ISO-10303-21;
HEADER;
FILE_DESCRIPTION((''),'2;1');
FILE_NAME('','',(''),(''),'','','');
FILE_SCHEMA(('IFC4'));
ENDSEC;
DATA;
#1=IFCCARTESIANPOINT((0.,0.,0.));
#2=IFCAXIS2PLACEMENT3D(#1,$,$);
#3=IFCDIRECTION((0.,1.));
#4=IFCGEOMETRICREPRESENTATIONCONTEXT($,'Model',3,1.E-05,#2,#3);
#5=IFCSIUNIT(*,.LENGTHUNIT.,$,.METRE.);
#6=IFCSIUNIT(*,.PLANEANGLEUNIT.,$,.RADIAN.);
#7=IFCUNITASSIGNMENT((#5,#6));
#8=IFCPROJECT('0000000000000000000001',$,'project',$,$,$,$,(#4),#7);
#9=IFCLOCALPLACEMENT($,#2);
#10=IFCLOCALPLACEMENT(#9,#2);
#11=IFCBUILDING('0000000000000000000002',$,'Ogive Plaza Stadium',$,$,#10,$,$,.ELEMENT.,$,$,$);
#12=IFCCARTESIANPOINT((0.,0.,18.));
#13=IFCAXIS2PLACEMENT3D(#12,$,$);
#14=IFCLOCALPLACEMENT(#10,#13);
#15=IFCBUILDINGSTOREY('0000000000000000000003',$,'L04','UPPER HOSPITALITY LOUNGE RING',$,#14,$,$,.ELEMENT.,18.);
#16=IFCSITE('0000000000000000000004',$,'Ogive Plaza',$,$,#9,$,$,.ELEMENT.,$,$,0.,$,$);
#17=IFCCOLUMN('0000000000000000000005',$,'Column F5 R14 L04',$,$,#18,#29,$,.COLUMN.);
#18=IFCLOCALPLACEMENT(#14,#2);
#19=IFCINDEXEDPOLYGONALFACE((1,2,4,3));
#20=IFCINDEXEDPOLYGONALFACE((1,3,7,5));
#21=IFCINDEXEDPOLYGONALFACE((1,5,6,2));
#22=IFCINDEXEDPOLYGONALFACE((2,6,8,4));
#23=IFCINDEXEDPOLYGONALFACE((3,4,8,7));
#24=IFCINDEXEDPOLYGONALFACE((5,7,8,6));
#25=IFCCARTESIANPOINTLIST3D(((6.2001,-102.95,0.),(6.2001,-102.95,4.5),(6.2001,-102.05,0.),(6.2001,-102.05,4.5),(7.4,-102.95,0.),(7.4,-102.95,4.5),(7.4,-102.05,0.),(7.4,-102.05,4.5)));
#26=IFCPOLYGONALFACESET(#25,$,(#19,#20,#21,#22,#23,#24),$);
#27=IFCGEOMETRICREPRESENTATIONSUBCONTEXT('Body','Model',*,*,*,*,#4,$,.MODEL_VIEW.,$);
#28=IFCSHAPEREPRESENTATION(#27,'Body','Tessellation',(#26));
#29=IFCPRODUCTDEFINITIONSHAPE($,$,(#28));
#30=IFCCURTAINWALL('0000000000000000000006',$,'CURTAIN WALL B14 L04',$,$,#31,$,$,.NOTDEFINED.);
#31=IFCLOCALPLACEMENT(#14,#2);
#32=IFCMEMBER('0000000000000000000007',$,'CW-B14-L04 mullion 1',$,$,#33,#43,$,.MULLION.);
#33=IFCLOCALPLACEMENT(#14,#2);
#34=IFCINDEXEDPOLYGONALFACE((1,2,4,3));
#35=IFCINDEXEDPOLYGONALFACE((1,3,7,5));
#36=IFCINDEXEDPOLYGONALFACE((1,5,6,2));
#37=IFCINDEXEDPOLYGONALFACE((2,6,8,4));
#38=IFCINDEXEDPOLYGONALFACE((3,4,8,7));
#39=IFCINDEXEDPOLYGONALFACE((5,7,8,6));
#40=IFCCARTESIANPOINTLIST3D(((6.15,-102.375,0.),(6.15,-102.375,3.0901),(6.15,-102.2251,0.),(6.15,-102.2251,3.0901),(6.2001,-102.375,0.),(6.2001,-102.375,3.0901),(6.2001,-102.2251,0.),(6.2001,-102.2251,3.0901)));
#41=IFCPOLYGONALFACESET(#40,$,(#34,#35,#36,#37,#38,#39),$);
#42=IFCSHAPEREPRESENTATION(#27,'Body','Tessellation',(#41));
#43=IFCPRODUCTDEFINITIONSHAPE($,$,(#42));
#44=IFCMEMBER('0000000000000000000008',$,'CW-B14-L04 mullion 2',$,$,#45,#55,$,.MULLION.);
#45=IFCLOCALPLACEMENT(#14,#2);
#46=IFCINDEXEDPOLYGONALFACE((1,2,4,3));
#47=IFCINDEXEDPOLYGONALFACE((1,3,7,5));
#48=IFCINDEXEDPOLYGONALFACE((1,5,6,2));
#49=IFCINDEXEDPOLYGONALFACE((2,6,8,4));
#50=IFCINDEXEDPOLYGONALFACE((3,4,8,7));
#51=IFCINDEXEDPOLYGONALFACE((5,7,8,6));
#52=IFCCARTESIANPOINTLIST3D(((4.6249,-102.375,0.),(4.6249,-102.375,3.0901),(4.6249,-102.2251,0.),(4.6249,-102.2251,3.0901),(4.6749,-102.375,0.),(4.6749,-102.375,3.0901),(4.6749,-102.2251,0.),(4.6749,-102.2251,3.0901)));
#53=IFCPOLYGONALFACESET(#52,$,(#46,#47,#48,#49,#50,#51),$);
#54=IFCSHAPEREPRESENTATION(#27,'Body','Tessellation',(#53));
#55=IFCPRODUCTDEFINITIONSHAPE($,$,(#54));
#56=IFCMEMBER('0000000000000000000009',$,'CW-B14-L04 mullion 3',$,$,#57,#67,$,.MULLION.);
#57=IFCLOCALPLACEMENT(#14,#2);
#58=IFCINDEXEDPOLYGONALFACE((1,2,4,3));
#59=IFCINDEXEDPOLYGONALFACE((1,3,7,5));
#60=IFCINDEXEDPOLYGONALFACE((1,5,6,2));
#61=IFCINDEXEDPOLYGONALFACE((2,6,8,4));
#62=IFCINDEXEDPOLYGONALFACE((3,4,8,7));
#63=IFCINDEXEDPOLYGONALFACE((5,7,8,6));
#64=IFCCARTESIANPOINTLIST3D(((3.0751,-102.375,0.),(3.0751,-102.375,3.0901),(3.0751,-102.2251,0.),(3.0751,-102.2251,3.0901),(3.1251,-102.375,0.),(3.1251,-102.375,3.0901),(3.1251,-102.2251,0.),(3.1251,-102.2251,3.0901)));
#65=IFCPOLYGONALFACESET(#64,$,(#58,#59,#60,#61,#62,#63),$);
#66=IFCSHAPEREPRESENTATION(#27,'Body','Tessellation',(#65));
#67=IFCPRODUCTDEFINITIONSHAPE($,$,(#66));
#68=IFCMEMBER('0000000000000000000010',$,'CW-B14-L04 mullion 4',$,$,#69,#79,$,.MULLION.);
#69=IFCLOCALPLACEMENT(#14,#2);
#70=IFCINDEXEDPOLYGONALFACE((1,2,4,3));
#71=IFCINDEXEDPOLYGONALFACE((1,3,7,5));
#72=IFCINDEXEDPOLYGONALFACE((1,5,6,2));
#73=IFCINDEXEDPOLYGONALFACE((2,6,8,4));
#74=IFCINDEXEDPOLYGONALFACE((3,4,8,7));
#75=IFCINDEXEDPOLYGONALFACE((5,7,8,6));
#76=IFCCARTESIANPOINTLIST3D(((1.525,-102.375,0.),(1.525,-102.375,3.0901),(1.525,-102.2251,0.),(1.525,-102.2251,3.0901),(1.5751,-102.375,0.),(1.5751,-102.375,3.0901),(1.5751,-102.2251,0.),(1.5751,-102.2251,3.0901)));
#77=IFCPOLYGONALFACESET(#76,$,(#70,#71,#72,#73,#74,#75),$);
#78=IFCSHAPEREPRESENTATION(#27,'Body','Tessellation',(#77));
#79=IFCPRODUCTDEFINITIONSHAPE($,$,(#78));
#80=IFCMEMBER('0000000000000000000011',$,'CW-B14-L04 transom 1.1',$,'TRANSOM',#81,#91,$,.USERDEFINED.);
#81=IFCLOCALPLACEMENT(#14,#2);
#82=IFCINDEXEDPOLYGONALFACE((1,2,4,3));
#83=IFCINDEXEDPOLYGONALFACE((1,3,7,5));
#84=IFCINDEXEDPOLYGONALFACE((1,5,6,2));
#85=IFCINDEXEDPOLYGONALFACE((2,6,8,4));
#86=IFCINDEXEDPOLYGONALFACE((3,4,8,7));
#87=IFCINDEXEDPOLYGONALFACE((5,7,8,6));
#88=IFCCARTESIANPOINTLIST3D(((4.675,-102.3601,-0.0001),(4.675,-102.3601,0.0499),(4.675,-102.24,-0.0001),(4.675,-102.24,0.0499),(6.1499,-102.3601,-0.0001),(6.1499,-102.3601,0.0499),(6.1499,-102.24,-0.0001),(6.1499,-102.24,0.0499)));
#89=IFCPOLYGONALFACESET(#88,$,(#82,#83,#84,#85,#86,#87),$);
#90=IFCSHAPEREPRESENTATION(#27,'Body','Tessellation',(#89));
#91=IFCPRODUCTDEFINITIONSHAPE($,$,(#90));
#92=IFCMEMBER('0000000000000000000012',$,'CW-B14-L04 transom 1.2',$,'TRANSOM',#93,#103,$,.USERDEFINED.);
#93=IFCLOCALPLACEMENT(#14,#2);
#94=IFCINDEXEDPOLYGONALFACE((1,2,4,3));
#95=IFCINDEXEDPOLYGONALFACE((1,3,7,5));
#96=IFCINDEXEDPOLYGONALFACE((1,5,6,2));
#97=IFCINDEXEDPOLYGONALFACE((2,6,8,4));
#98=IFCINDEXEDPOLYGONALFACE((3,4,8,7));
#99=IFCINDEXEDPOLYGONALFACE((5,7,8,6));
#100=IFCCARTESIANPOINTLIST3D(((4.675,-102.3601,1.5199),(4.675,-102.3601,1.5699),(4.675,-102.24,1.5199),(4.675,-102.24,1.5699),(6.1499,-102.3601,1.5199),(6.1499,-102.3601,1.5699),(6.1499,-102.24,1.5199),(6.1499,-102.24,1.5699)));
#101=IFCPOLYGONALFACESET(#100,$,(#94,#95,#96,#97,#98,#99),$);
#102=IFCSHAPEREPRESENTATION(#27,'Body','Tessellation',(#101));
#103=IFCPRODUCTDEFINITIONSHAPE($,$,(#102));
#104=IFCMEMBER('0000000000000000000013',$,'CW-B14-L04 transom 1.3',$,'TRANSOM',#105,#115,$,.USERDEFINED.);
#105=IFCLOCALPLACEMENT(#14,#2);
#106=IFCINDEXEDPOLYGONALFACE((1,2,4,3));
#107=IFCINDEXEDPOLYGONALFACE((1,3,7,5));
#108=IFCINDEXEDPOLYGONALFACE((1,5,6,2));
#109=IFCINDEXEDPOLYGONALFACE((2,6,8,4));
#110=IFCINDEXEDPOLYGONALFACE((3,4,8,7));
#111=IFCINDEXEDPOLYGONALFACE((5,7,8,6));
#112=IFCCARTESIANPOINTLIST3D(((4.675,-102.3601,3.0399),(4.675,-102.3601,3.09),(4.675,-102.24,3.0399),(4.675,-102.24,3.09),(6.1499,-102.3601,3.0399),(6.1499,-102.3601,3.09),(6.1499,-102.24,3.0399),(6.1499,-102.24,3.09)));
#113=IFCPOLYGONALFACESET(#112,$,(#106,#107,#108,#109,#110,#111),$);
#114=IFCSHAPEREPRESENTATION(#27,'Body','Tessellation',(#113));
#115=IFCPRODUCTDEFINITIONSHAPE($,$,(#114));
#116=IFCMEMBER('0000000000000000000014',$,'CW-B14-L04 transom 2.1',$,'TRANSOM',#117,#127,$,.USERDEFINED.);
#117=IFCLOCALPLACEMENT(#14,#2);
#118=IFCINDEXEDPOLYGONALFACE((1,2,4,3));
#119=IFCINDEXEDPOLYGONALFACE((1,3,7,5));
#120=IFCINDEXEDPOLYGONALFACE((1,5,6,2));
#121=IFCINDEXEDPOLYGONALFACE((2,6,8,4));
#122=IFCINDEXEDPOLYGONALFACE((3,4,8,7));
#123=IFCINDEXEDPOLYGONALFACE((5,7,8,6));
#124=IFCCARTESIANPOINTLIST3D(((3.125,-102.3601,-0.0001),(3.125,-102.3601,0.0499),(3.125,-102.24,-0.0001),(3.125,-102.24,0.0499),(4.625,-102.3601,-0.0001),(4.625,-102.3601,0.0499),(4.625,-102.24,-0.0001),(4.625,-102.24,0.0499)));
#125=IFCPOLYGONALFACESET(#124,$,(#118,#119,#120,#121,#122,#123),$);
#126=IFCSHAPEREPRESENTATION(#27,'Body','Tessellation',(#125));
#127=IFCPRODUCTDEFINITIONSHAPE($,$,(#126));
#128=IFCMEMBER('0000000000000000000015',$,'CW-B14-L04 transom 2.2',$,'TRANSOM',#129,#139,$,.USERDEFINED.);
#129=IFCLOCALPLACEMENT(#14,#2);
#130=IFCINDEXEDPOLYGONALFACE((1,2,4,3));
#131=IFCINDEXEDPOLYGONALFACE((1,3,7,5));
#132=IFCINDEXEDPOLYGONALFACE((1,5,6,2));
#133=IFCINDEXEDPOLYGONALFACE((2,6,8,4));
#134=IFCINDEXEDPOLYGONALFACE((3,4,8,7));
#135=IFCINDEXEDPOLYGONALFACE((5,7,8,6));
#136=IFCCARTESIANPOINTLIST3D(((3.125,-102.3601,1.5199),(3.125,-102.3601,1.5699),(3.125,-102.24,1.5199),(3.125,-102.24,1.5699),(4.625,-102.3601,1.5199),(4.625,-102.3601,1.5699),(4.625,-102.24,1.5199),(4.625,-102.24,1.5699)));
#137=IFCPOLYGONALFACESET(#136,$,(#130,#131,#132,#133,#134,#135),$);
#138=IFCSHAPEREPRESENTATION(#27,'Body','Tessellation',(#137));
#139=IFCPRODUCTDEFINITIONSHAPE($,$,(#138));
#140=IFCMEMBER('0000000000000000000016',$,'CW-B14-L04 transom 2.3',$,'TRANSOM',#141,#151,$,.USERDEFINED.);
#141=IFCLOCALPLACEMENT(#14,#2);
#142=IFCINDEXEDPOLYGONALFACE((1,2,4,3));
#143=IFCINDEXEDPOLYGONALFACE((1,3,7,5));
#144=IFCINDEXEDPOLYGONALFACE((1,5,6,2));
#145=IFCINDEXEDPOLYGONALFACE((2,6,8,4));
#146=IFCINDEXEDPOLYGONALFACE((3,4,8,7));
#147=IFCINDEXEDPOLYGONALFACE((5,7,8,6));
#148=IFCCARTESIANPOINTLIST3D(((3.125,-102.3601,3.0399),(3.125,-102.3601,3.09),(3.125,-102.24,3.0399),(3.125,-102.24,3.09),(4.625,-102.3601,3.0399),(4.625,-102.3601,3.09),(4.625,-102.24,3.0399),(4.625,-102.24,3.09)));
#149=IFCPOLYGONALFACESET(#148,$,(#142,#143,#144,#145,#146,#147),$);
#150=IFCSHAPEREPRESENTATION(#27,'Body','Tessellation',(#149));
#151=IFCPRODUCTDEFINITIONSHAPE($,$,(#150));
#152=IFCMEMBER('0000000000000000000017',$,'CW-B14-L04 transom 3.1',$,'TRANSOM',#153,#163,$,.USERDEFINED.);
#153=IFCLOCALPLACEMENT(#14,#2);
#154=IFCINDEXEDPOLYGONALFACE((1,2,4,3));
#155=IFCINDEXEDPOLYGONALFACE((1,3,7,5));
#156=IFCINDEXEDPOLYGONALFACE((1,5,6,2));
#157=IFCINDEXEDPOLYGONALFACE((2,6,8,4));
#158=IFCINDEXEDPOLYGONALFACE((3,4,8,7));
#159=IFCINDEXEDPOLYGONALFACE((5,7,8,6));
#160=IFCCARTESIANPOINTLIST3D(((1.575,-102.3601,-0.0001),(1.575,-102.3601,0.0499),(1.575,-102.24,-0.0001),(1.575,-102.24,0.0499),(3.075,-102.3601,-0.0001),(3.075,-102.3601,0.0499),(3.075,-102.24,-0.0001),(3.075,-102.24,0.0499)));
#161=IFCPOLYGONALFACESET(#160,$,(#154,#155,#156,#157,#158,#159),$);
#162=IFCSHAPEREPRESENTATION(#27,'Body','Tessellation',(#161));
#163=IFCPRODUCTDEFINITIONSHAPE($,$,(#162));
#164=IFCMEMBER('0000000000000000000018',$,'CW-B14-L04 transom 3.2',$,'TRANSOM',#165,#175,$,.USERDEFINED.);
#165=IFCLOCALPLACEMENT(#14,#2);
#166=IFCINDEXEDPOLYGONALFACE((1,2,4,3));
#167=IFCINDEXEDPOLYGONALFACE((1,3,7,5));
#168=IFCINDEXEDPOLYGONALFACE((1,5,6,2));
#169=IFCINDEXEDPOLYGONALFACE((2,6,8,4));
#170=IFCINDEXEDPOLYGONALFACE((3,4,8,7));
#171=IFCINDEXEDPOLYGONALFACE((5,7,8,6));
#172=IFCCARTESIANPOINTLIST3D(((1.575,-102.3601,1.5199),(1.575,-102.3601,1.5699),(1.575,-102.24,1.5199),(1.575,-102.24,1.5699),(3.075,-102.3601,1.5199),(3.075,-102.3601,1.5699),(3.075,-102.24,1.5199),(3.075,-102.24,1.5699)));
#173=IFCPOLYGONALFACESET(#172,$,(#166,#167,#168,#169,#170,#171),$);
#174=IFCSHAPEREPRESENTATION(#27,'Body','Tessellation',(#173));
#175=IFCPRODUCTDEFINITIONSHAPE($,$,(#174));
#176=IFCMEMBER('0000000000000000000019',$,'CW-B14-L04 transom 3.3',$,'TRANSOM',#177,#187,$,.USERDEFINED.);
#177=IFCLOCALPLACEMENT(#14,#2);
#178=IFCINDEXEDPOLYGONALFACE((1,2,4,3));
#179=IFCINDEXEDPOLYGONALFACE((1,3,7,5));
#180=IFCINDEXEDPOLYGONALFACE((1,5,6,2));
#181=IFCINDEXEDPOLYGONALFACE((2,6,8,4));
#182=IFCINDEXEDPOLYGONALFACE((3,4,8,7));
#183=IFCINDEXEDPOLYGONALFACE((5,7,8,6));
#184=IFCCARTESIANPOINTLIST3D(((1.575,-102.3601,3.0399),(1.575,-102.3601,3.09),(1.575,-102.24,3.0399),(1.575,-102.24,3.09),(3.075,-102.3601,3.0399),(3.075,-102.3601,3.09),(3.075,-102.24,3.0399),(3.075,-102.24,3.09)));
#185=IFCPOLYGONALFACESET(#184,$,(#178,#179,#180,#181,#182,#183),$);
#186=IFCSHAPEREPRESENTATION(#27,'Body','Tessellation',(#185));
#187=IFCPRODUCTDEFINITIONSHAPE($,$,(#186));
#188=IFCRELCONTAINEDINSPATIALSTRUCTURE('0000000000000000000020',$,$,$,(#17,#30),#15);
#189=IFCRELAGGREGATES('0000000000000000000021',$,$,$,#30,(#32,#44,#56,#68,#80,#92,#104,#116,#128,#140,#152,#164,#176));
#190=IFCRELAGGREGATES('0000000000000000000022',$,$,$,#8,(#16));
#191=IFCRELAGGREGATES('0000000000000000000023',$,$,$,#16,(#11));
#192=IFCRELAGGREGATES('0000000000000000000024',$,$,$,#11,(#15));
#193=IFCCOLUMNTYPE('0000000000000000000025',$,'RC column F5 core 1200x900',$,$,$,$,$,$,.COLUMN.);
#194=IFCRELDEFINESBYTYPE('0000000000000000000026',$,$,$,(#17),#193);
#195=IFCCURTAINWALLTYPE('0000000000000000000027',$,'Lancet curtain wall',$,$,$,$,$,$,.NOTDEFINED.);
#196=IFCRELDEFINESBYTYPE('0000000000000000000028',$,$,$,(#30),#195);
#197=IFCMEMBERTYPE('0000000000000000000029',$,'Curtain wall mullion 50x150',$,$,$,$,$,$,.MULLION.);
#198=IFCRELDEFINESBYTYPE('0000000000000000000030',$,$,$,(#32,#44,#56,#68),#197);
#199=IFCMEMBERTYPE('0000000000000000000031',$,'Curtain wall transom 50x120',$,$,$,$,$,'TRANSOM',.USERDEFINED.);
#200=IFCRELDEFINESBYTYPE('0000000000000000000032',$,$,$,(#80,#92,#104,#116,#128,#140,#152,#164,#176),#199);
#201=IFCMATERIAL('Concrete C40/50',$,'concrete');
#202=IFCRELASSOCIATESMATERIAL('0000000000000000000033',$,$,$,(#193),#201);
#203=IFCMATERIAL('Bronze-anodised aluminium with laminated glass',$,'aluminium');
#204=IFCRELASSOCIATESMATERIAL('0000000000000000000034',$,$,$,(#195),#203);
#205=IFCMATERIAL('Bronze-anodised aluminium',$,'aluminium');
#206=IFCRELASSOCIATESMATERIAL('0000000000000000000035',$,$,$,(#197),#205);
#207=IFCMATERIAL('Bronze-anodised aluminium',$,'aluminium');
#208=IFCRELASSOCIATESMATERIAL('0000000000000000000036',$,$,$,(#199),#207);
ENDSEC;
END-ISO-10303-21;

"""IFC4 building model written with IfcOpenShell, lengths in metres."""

from ifc_helpers import new_model, si_unit, direction, frame, origin, origin_2d, place, context, subcontext, project, spatial, rectangle, extrude, material, material_profile, profile_set, type_object, element, aggregate, save


model = new_model("IFC4")

# Units and contexts
model_context = context("Model", 3, precision=1e-05, world=origin(), true_north=direction((0.0, 1.0)))
body_context = subcontext(model_context, "Body", "Model", "MODEL_VIEW")
ifc_project = project(units=[si_unit("LENGTHUNIT", "METRE"), si_unit("PLANEANGLEUNIT", "RADIAN")], contexts=[model_context])

# Site, building, storey
site_placement = place(None, origin())
site = spatial("IfcSite", under=ifc_project, at=site_placement, Name="Ogive Plaza", CompositionType="ELEMENT", RefElevation=0.0)
building_placement = place(site_placement, origin())
building = spatial("IfcBuilding", under=site, at=building_placement, Name="Ogive Plaza Stadium", CompositionType="ELEMENT")
storey_placement = place(building_placement, frame((0.0, 0.0, 18.0)))
storey = spatial("IfcBuildingStorey", under=building, at=storey_placement, Name="L04", Description="UPPER HOSPITALITY LOUNGE RING", CompositionType="ELEMENT", Elevation=18.0)

# Column
ifc_material_1 = material(Name="Concrete C40/50", Category="concrete")
ifc_material_profile_1 = material_profile(ifc_material_1, rectangle(XDim=1.2, YDim=0.8999, at=origin_2d()), Name="RC 1200x900")
ifc_profile_set_1 = profile_set([ifc_material_profile_1], Name="Concrete C40/50")
column_type = type_object("IfcColumnType", Name="RC column F5 core 1200x900", PredefinedType="COLUMN", material=ifc_profile_set_1)
column_placement = place(storey_placement, frame((6.8, -102.5, 0.0), z_axis=(0.0, 0.0, 1.0), x_axis=(1.0, 0.0, 0.0)))
element("IfcColumn", 1, at=column_placement, inside=storey, type_object=column_type, Name="Column F5 R14 L04", PredefinedType="COLUMN", context=body_context, shape_type="SweptSolid", body=[
    extrude(rectangle(XDim=1.2, YDim=0.8999, at=origin_2d()), origin(), (0.0, 0.0, 1.0), 4.5),
])

# Curtain wall, members
ifc_material_2 = material(Name="Bronze-anodised aluminium with laminated glass", Category="aluminium")
curtain_wall_type = type_object("IfcCurtainWallType", Name="Lancet curtain wall", PredefinedType="NOTDEFINED", material=ifc_material_2)
curtain_wall_placement = place(storey_placement, origin())
curtain_wall = element("IfcCurtainWall", 2, at=curtain_wall_placement, inside=storey, type_object=curtain_wall_type, Name="CURTAIN WALL B14 L04", PredefinedType="NOTDEFINED")
ifc_material_3 = material(Name="Bronze-anodised aluminium", Category="aluminium")
ifc_material_profile_2 = material_profile(ifc_material_3, rectangle(XDim=0.1499, YDim=0.05, at=origin_2d()), Name="AL 150x50")
ifc_profile_set_2 = profile_set([ifc_material_profile_2], Name="Bronze-anodised aluminium")
member_type_1 = type_object("IfcMemberType", Name="Curtain wall mullion 50x150", PredefinedType="MULLION", material=ifc_profile_set_2)
member_1_placement = place(storey_placement, frame((6.175, -102.3, 0.0), z_axis=(0.0, 0.0, 1.0), x_axis=(0.0, -1.0, 0.0)))
member_1 = element("IfcMember", 3, at=member_1_placement, type_object=member_type_1, Name="CW-B14-L04 mullion 1", PredefinedType="MULLION", context=body_context, shape_type="SweptSolid", body=[
    extrude(rectangle(XDim=0.1499, YDim=0.05, at=origin_2d()), origin(), (0.0, 0.0, 1.0), 3.0901),
])
member_2_placement = place(storey_placement, frame((4.6499, -102.3, 0.0), z_axis=(0.0, 0.0, 1.0), x_axis=(0.0, -1.0, 0.0)))
member_2 = element("IfcMember", 4, at=member_2_placement, type_object=member_type_1, Name="CW-B14-L04 mullion 2", PredefinedType="MULLION", context=body_context, shape_type="SweptSolid", body=[
    extrude(rectangle(XDim=0.1499, YDim=0.05, at=origin_2d()), origin(), (0.0, 0.0, 1.0), 3.0901),
])
member_3_placement = place(storey_placement, frame((3.1001, -102.3, 0.0), z_axis=(0.0, 0.0, 1.0), x_axis=(0.0, -1.0, 0.0)))
member_3 = element("IfcMember", 5, at=member_3_placement, type_object=member_type_1, Name="CW-B14-L04 mullion 3", PredefinedType="MULLION", context=body_context, shape_type="SweptSolid", body=[
    extrude(rectangle(XDim=0.1499, YDim=0.05, at=origin_2d()), origin(), (0.0, 0.0, 1.0), 3.0901),
])
member_4_placement = place(storey_placement, frame((1.55, -102.3, 0.0), z_axis=(0.0, 0.0, 1.0), x_axis=(0.0, -1.0, 0.0)))
member_4 = element("IfcMember", 6, at=member_4_placement, type_object=member_type_1, Name="CW-B14-L04 mullion 4", PredefinedType="MULLION", context=body_context, shape_type="SweptSolid", body=[
    extrude(rectangle(XDim=0.1499, YDim=0.05, at=origin_2d()), origin(), (0.0, 0.0, 1.0), 3.0901),
])
ifc_material_4 = material(Name="Bronze-anodised aluminium", Category="aluminium")
ifc_material_profile_3 = material_profile(ifc_material_4, rectangle(XDim=0.1201, YDim=0.05, at=origin_2d()), Name="AL 120x50")
ifc_profile_set_3 = profile_set([ifc_material_profile_3], Name="Bronze-anodised aluminium")
member_type_2 = type_object("IfcMemberType", Name="Curtain wall transom 50x120", ElementType="TRANSOM", PredefinedType="USERDEFINED", material=ifc_profile_set_3)
member_5_placement = place(storey_placement, frame((6.1499, -102.3, 0.0249), z_axis=(-1.0, 0.0, 0.0), x_axis=(0.0, -1.0, 0.0)))
member_5 = element("IfcMember", 7, at=member_5_placement, type_object=member_type_2, Name="CW-B14-L04 transom 1.1", ObjectType="TRANSOM", PredefinedType="USERDEFINED", context=body_context, shape_type="SweptSolid", body=[
    extrude(rectangle(XDim=0.1201, YDim=0.05, at=origin_2d()), origin(), (0.0, 0.0, 1.0), 1.4749),
])
member_6_placement = place(storey_placement, frame((6.1499, -102.3, 1.5449), z_axis=(-1.0, 0.0, 0.0), x_axis=(0.0, -1.0, 0.0)))
member_6 = element("IfcMember", 8, at=member_6_placement, type_object=member_type_2, Name="CW-B14-L04 transom 1.2", ObjectType="TRANSOM", PredefinedType="USERDEFINED", context=body_context, shape_type="SweptSolid", body=[
    extrude(rectangle(XDim=0.1201, YDim=0.05, at=origin_2d()), origin(), (0.0, 0.0, 1.0), 1.4749),
])
member_7_placement = place(storey_placement, frame((6.1499, -102.3, 3.0649), z_axis=(-1.0, 0.0, 0.0), x_axis=(0.0, -1.0, 0.0)))
member_7 = element("IfcMember", 9, at=member_7_placement, type_object=member_type_2, Name="CW-B14-L04 transom 1.3", ObjectType="TRANSOM", PredefinedType="USERDEFINED", context=body_context, shape_type="SweptSolid", body=[
    extrude(rectangle(XDim=0.1201, YDim=0.05, at=origin_2d()), origin(), (0.0, 0.0, 1.0), 1.4749),
])
member_8_placement = place(storey_placement, frame((4.625, -102.3, 0.0249), z_axis=(-1.0, 0.0, 0.0), x_axis=(0.0, -1.0, 0.0)))
member_8 = element("IfcMember", 10, at=member_8_placement, type_object=member_type_2, Name="CW-B14-L04 transom 2.1", ObjectType="TRANSOM", PredefinedType="USERDEFINED", context=body_context, shape_type="SweptSolid", body=[
    extrude(rectangle(XDim=0.1201, YDim=0.05, at=origin_2d()), origin(), (0.0, 0.0, 1.0), 1.5),
])
member_9_placement = place(storey_placement, frame((4.625, -102.3, 1.5449), z_axis=(-1.0, 0.0, 0.0), x_axis=(0.0, -1.0, 0.0)))
member_9 = element("IfcMember", 11, at=member_9_placement, type_object=member_type_2, Name="CW-B14-L04 transom 2.2", ObjectType="TRANSOM", PredefinedType="USERDEFINED", context=body_context, shape_type="SweptSolid", body=[
    extrude(rectangle(XDim=0.1201, YDim=0.05, at=origin_2d()), origin(), (0.0, 0.0, 1.0), 1.5),
])
member_10_placement = place(storey_placement, frame((4.625, -102.3, 3.0649), z_axis=(-1.0, 0.0, 0.0), x_axis=(0.0, -1.0, 0.0)))
member_10 = element("IfcMember", 12, at=member_10_placement, type_object=member_type_2, Name="CW-B14-L04 transom 2.3", ObjectType="TRANSOM", PredefinedType="USERDEFINED", context=body_context, shape_type="SweptSolid", body=[
    extrude(rectangle(XDim=0.1201, YDim=0.05, at=origin_2d()), origin(), (0.0, 0.0, 1.0), 1.5),
])
member_11_placement = place(storey_placement, frame((3.075, -102.3, 0.0249), z_axis=(-1.0, 0.0, 0.0), x_axis=(0.0, -1.0, 0.0)))
member_11 = element("IfcMember", 13, at=member_11_placement, type_object=member_type_2, Name="CW-B14-L04 transom 3.1", ObjectType="TRANSOM", PredefinedType="USERDEFINED", context=body_context, shape_type="SweptSolid", body=[
    extrude(rectangle(XDim=0.1201, YDim=0.05, at=origin_2d()), origin(), (0.0, 0.0, 1.0), 1.5),
])
member_12_placement = place(storey_placement, frame((3.075, -102.3, 1.5449), z_axis=(-1.0, 0.0, 0.0), x_axis=(0.0, -1.0, 0.0)))
member_12 = element("IfcMember", 14, at=member_12_placement, type_object=member_type_2, Name="CW-B14-L04 transom 3.2", ObjectType="TRANSOM", PredefinedType="USERDEFINED", context=body_context, shape_type="SweptSolid", body=[
    extrude(rectangle(XDim=0.1201, YDim=0.05, at=origin_2d()), origin(), (0.0, 0.0, 1.0), 1.5),
])
member_13_placement = place(storey_placement, frame((3.075, -102.3, 3.0649), z_axis=(-1.0, 0.0, 0.0), x_axis=(0.0, -1.0, 0.0)))
member_13 = element("IfcMember", 15, at=member_13_placement, type_object=member_type_2, Name="CW-B14-L04 transom 3.3", ObjectType="TRANSOM", PredefinedType="USERDEFINED", context=body_context, shape_type="SweptSolid", body=[
    extrude(rectangle(XDim=0.1201, YDim=0.05, at=origin_2d()), origin(), (0.0, 0.0, 1.0), 1.5),
])

aggregate(curtain_wall, [member_1, member_2, member_3, member_4, member_5, member_6, member_7, member_8, member_9, member_10, member_11, member_12, member_13])

save(model, "model.ifc")
